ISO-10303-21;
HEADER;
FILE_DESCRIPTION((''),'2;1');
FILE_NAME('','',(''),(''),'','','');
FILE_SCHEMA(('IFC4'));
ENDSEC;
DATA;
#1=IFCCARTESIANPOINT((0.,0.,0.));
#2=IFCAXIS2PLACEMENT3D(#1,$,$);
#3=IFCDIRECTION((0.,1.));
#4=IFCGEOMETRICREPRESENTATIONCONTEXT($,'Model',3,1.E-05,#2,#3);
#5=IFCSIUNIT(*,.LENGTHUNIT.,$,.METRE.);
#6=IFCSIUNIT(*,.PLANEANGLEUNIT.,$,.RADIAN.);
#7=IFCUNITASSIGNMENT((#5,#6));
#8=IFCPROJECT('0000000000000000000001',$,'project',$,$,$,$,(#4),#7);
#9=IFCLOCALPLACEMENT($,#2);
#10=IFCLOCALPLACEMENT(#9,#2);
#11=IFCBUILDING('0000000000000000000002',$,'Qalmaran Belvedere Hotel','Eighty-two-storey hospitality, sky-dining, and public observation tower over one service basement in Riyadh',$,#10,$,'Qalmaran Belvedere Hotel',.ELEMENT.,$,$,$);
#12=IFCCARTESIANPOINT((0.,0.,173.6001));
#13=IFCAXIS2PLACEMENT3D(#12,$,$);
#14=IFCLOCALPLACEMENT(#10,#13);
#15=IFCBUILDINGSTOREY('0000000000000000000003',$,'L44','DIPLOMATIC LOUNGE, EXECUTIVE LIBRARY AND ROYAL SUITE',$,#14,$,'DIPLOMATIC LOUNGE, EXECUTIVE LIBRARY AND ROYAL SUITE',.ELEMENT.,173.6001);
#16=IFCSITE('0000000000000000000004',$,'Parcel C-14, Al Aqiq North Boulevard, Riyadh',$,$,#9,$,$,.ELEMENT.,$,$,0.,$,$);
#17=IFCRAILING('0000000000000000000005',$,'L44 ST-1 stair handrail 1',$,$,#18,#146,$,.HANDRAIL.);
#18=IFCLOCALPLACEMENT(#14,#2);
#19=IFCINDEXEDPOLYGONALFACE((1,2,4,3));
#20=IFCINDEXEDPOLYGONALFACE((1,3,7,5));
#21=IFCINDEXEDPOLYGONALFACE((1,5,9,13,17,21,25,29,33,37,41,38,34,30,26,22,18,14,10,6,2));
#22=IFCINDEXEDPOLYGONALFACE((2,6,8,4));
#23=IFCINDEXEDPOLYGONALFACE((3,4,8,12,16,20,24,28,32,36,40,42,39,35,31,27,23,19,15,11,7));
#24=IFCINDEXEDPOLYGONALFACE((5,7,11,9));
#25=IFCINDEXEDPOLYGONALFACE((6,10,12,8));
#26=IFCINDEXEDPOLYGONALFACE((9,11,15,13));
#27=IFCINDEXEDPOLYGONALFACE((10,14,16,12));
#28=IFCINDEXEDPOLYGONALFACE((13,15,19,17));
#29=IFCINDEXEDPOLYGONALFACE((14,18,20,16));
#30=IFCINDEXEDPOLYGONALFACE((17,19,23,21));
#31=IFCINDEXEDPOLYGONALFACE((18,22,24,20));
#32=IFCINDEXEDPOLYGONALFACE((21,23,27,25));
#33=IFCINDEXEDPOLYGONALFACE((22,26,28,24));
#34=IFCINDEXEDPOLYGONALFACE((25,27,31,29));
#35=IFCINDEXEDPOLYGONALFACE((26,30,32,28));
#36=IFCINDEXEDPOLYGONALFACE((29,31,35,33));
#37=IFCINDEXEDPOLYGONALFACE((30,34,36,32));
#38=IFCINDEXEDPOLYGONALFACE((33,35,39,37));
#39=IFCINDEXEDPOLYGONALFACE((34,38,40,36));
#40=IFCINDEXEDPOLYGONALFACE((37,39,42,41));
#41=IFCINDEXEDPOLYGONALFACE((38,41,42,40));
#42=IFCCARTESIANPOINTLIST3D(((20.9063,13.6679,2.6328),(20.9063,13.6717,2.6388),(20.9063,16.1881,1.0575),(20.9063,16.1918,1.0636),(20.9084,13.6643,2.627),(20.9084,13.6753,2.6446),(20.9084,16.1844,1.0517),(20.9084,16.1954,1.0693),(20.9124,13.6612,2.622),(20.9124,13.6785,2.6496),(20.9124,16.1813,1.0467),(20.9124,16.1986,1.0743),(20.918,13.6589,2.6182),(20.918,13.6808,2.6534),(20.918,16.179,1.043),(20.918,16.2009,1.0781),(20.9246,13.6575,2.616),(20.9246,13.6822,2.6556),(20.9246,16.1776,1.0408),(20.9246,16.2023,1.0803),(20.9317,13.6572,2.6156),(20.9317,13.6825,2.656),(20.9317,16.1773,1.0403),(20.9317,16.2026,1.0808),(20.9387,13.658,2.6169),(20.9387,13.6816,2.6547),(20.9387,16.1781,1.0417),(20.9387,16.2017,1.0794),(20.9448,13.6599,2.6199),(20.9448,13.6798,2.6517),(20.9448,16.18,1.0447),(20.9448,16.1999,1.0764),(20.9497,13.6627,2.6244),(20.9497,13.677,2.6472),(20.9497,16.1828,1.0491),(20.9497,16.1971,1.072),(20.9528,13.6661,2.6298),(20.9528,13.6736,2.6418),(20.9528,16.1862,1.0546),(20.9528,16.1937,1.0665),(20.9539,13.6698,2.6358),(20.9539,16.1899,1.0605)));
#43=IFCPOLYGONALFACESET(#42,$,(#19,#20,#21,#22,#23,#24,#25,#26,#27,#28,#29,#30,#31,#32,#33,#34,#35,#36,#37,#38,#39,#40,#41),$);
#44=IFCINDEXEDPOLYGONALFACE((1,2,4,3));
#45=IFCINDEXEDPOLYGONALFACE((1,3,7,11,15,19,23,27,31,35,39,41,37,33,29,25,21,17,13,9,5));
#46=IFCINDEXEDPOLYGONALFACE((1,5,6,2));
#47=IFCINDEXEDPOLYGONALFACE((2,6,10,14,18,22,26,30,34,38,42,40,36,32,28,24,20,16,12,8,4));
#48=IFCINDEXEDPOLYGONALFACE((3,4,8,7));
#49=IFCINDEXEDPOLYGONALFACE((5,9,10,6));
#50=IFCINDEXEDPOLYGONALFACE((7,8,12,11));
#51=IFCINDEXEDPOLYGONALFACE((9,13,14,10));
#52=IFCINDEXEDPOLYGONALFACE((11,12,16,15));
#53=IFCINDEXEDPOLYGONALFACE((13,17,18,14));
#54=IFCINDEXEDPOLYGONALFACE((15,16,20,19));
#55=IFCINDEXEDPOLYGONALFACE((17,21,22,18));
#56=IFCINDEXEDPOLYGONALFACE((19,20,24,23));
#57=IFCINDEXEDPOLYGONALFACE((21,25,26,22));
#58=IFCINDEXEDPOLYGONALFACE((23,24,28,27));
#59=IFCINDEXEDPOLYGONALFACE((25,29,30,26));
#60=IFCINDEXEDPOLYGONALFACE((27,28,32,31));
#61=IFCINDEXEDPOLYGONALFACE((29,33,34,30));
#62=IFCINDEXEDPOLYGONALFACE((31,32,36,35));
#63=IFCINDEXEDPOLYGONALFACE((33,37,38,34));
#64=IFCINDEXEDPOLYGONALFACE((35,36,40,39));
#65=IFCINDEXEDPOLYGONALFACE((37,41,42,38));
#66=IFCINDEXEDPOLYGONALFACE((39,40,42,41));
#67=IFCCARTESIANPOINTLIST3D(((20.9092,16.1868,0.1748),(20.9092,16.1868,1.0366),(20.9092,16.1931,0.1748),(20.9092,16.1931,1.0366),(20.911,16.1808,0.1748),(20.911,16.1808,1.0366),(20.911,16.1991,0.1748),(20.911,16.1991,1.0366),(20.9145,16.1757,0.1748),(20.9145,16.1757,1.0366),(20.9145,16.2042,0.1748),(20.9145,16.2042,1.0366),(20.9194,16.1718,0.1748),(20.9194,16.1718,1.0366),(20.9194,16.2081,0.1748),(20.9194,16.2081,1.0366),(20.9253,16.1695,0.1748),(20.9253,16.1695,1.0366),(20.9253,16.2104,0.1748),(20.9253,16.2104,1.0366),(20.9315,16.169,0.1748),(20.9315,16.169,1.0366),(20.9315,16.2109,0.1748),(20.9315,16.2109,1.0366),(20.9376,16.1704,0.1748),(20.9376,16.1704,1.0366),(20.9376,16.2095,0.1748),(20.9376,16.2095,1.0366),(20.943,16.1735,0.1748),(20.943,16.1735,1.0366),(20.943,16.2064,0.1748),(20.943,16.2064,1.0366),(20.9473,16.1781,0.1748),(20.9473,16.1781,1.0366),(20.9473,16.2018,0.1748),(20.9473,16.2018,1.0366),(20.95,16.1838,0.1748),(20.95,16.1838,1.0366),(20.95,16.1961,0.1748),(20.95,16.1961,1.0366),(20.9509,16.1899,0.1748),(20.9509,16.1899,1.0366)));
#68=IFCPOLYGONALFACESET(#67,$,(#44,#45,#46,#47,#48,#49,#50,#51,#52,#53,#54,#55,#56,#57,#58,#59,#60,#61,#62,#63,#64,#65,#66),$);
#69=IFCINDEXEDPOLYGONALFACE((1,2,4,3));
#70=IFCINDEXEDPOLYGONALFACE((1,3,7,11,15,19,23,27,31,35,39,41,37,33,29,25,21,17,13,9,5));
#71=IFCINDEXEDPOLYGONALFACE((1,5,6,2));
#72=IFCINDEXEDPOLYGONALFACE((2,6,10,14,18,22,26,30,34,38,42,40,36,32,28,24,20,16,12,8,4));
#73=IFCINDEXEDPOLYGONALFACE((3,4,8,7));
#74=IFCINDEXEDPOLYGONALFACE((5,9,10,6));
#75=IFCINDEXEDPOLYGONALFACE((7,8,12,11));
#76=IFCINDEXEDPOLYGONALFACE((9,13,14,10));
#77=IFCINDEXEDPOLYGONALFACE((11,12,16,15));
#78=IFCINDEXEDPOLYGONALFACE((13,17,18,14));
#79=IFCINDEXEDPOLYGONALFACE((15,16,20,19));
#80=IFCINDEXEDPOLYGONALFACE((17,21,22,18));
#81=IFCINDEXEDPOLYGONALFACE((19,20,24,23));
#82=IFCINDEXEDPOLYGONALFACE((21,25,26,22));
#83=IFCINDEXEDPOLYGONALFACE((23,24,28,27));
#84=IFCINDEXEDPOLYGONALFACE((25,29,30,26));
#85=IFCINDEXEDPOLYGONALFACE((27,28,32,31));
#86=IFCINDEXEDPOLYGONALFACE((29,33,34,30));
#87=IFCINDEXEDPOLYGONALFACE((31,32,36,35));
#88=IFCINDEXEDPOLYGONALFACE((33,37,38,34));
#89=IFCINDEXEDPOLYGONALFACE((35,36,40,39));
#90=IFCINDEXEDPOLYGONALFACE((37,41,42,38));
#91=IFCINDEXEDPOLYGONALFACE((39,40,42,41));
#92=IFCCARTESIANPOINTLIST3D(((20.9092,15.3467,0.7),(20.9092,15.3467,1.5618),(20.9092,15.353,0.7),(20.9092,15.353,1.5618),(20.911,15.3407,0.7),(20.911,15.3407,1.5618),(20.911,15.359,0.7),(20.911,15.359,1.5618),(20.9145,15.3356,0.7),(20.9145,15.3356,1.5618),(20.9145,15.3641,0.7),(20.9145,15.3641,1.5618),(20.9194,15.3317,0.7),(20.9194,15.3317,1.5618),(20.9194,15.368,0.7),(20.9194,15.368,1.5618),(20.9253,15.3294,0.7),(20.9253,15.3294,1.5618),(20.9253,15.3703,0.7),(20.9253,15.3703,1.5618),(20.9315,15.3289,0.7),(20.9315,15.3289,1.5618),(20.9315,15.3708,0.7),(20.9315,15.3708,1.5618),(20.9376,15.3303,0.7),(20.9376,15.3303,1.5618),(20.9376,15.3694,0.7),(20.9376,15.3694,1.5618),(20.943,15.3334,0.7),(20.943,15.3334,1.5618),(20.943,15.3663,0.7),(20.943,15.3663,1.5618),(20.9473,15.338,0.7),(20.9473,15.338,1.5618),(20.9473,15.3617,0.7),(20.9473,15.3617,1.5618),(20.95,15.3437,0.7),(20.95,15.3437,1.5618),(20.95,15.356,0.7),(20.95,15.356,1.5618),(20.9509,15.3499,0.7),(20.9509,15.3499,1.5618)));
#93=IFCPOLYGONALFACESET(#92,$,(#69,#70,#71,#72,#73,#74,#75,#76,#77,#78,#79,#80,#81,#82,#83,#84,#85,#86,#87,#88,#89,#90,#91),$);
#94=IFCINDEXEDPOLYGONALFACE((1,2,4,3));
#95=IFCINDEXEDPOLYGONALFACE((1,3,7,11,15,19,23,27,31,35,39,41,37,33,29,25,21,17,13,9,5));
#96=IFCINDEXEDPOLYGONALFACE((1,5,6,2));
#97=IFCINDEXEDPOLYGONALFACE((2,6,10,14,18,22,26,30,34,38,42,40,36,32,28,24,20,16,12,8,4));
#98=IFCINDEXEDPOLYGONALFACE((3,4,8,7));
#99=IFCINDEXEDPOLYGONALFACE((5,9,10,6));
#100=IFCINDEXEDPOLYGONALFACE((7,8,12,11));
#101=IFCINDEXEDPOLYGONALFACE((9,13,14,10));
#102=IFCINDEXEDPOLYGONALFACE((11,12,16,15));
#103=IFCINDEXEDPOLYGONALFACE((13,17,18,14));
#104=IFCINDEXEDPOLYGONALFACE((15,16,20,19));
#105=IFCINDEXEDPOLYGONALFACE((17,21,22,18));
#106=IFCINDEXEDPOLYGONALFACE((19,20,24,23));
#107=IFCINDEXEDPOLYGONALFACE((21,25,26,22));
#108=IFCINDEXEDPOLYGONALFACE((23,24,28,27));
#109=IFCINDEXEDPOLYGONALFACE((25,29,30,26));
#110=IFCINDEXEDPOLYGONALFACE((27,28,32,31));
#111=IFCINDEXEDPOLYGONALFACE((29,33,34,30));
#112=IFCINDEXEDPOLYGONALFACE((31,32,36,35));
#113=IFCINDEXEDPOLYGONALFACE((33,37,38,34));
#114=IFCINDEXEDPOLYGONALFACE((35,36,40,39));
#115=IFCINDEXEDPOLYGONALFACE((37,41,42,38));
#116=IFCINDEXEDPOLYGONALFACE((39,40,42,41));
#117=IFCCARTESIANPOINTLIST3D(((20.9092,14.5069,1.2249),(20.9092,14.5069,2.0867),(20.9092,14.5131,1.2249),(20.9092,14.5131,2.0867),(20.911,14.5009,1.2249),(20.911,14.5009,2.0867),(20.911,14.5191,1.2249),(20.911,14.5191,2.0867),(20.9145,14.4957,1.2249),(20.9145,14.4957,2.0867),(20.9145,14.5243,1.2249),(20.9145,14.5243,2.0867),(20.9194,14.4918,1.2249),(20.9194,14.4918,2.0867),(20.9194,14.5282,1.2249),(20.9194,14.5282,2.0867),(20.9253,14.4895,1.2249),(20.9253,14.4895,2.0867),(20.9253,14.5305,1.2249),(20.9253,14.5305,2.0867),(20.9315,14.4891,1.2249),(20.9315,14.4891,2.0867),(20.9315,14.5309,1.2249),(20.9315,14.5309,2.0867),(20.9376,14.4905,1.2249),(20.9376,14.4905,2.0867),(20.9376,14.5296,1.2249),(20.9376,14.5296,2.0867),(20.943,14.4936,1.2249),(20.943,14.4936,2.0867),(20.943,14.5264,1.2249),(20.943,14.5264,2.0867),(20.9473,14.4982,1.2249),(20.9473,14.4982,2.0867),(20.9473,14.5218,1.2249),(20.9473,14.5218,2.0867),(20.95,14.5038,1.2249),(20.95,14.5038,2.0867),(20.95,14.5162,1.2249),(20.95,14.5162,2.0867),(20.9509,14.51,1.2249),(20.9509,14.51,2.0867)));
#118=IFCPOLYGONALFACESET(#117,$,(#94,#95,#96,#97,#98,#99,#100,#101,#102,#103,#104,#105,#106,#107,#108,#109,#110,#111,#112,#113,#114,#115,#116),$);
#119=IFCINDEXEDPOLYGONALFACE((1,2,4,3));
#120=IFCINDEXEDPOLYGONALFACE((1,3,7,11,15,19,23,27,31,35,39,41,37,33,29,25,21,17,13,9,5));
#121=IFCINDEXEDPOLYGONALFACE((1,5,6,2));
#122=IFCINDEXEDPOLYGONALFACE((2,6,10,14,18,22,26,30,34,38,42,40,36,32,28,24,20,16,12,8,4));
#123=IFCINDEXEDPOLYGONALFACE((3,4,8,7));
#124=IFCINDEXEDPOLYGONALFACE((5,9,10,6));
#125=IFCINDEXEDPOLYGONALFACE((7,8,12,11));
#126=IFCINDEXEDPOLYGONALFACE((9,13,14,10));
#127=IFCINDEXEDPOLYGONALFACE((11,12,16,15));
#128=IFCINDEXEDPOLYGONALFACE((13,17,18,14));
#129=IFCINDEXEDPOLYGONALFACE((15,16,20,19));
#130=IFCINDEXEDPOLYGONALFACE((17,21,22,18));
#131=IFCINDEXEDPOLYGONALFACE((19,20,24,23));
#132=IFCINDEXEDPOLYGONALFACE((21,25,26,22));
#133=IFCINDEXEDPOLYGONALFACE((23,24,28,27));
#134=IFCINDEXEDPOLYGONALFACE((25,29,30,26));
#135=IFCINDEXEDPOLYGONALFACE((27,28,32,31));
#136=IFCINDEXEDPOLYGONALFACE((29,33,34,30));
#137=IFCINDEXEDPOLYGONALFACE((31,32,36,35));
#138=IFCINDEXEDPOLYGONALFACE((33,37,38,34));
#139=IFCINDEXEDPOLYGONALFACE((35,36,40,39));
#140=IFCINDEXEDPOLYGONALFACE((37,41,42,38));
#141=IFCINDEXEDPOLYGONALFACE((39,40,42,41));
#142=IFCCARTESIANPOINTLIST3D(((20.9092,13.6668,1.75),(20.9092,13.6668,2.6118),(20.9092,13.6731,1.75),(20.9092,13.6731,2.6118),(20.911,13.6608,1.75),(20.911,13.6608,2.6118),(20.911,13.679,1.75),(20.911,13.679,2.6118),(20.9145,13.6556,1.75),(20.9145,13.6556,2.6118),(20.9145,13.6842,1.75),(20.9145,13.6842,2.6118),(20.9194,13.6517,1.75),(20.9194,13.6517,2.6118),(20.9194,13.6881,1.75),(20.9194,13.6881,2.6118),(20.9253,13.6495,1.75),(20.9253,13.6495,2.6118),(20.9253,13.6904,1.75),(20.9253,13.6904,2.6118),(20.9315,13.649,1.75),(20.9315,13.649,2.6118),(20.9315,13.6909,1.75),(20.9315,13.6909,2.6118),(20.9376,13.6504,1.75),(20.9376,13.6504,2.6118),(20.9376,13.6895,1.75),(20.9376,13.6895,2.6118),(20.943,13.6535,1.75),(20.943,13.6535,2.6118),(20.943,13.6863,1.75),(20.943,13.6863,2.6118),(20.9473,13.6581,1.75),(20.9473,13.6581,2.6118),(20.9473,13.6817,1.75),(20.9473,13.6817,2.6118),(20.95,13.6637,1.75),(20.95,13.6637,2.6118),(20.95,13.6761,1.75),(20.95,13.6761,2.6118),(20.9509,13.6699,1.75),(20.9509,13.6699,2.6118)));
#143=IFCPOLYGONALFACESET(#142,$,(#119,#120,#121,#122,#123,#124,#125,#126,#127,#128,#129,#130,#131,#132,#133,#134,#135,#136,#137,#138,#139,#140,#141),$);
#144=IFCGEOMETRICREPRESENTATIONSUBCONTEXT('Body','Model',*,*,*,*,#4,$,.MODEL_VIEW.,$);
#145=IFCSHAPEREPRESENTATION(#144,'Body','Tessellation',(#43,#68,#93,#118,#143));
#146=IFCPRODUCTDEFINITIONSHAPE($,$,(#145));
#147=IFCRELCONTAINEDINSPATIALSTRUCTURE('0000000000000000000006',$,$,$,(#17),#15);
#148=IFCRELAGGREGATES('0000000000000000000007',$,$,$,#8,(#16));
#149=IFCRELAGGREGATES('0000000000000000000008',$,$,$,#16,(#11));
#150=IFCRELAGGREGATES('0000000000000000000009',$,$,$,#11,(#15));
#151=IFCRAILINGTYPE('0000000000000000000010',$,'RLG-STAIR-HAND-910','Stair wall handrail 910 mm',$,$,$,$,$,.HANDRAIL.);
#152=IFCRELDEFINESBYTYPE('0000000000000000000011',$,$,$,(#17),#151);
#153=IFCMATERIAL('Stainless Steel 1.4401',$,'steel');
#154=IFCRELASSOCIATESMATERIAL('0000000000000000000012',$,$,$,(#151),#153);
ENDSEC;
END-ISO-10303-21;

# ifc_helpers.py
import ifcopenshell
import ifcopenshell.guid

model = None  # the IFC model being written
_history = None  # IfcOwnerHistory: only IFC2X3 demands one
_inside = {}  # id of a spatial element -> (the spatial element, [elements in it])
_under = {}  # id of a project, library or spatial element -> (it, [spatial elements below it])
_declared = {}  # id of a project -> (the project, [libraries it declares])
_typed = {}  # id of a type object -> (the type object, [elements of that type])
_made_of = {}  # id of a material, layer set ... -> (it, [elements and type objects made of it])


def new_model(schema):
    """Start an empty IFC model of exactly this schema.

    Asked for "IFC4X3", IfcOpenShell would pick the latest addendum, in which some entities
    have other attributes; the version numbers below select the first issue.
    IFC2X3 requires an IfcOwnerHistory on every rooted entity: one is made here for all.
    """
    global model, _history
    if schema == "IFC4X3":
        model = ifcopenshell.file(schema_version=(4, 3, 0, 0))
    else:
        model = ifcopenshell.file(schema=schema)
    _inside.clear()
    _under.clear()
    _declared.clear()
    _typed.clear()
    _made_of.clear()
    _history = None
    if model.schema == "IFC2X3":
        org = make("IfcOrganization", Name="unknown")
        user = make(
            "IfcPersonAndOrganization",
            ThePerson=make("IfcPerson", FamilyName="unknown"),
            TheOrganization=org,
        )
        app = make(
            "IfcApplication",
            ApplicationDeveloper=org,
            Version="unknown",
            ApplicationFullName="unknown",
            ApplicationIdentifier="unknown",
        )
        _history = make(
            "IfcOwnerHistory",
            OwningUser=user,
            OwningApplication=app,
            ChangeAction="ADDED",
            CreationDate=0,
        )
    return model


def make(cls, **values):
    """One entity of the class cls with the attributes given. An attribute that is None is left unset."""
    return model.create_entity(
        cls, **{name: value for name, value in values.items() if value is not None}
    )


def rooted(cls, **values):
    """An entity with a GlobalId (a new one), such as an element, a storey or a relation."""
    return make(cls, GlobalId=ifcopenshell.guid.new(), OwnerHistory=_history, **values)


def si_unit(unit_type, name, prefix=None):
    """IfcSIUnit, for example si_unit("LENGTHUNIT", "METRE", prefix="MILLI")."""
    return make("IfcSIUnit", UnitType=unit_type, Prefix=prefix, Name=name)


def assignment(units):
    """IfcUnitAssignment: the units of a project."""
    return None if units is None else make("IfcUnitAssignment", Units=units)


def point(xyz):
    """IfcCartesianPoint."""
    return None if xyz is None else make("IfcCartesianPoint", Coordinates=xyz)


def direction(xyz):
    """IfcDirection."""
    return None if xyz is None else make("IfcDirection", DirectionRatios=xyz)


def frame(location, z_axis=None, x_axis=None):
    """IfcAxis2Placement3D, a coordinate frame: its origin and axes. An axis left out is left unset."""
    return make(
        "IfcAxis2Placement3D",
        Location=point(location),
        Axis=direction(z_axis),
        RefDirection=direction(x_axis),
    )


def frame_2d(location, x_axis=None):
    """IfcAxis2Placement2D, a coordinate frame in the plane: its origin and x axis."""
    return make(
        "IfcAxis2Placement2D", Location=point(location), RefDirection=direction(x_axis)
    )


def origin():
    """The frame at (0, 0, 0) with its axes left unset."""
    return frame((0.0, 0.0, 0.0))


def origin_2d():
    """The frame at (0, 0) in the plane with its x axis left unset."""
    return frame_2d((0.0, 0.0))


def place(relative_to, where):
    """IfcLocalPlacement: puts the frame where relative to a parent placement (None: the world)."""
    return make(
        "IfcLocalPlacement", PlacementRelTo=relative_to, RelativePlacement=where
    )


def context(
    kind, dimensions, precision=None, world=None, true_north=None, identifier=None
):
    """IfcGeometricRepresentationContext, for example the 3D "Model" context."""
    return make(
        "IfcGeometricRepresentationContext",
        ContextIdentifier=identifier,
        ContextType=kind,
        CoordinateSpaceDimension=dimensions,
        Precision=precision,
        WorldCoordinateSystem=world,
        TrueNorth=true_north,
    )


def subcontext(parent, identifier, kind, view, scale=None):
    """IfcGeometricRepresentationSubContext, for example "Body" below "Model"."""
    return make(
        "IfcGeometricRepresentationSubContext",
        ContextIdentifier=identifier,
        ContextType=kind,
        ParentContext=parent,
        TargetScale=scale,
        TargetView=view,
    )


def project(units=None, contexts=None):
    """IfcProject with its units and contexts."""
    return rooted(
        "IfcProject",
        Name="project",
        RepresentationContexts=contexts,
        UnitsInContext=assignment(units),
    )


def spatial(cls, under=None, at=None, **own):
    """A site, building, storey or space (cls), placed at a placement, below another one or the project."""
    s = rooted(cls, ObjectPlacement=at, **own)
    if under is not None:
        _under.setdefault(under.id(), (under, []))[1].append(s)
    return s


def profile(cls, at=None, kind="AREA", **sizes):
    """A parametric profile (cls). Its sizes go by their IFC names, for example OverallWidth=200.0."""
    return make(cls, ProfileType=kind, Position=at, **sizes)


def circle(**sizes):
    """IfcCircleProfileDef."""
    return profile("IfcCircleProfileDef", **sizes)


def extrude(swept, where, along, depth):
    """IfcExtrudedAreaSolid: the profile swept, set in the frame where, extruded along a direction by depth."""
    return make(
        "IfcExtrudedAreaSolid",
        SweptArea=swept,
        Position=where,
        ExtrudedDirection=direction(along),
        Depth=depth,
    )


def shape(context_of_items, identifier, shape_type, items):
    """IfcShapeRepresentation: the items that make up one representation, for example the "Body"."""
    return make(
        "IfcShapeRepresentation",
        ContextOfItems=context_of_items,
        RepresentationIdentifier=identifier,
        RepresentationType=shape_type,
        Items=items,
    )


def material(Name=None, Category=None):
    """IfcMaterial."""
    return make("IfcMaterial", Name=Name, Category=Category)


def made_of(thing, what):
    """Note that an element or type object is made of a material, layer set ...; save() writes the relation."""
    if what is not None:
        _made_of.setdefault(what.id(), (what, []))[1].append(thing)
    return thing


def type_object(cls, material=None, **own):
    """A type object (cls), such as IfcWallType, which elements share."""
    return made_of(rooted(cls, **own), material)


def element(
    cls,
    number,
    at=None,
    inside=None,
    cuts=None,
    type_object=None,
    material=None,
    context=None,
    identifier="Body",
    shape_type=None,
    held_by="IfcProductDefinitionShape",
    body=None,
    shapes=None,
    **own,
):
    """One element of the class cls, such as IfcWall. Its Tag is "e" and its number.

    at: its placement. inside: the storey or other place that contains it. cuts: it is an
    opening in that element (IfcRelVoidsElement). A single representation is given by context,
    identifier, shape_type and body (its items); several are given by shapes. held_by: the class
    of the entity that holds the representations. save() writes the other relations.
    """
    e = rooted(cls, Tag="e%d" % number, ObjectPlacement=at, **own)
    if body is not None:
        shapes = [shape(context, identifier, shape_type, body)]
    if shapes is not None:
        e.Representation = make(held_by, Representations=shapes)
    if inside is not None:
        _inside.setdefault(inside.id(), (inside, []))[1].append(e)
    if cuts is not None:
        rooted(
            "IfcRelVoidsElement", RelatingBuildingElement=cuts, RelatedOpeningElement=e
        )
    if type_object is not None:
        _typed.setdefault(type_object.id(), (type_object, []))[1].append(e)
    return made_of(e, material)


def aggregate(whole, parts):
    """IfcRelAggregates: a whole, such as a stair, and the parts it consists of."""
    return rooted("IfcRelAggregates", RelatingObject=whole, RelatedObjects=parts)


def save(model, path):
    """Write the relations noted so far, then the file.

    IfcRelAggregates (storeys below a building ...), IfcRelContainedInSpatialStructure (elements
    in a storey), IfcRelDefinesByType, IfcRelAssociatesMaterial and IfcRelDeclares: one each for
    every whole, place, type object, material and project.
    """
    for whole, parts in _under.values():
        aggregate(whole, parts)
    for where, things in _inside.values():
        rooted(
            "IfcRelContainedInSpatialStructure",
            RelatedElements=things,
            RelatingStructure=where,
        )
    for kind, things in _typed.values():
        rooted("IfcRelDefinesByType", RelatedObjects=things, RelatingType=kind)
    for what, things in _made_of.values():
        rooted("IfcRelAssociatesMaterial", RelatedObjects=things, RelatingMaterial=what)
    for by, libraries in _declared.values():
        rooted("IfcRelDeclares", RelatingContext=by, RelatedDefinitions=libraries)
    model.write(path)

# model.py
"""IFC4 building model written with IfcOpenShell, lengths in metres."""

from ifc_helpers import new_model, si_unit, direction, frame, origin, origin_2d, place, context, subcontext, project, spatial, circle, extrude, material, type_object, element, save


model = new_model("IFC4")

# Units and contexts
model_context = context("Model", 3, precision=1e-05, world=origin(), true_north=direction((0.0, 1.0)))
body_context = subcontext(model_context, "Body", "Model", "MODEL_VIEW")
ifc_project = project(units=[si_unit("LENGTHUNIT", "METRE"), si_unit("PLANEANGLEUNIT", "RADIAN")], contexts=[model_context])

# Site, building, storey
site_placement = place(None, origin())
site = spatial("IfcSite", under=ifc_project, at=site_placement, Name="Parcel C-14, Al Aqiq North Boulevard, Riyadh", CompositionType="ELEMENT", RefElevation=0.0)
building_placement = place(site_placement, origin())
building = spatial("IfcBuilding", under=site, at=building_placement, Name="Qalmaran Belvedere Hotel", Description="Eighty-two-storey hospitality, sky-dining, and public observation tower over one service basement in Riyadh", LongName="Qalmaran Belvedere Hotel", CompositionType="ELEMENT")
storey_placement = place(building_placement, frame((0.0, 0.0, 173.6001)))
storey = spatial("IfcBuildingStorey", under=building, at=storey_placement, Name="L44", Description="DIPLOMATIC LOUNGE, EXECUTIVE LIBRARY AND ROYAL SUITE", LongName="DIPLOMATIC LOUNGE, EXECUTIVE LIBRARY AND ROYAL SUITE", CompositionType="ELEMENT", Elevation=173.6001)

# Shared definitions
ifc_material_1 = material(Name="Stainless Steel 1.4401", Category="steel")

# Railing
railing_type_1 = type_object("IfcRailingType", Name="RLG-STAIR-HAND-910", Description="Stair wall handrail 910 mm", PredefinedType="HANDRAIL", material=ifc_material_1)
railing_1_placement = place(storey_placement, frame((20.9299, 16.1899, 0.1748)))
element("IfcRailing", 1, at=railing_1_placement, inside=storey, type_object=railing_type_1, Name="L44 ST-1 stair handrail 1", PredefinedType="HANDRAIL", context=body_context, shape_type="SweptSolid", body=[
    extrude(circle(Radius=0.0239, at=origin_2d()), frame((0.0, 0.0, 0.8857), z_axis=(0.0, -0.847971, 0.530043), x_axis=(1.0, 0.0, 0.0)), (0.0, 0.0, 1.0), 2.9719),
    extrude(circle(Radius=0.021, at=origin_2d()), origin(), (0.0, 0.0, 1.0), 0.8618),
    extrude(circle(Radius=0.021, at=origin_2d()), frame((0.0, -0.8401, 0.5251)), (0.0, 0.0, 1.0), 0.8618),
    extrude(circle(Radius=0.021, at=origin_2d()), frame((0.0, -1.6799, 1.05)), (0.0, 0.0, 1.0), 0.8618),
    extrude(circle(Radius=0.021, at=origin_2d()), frame((0.0, -2.52, 1.5752)), (0.0, 0.0, 1.0), 0.8618),
])

save(model, "model.ifc")
